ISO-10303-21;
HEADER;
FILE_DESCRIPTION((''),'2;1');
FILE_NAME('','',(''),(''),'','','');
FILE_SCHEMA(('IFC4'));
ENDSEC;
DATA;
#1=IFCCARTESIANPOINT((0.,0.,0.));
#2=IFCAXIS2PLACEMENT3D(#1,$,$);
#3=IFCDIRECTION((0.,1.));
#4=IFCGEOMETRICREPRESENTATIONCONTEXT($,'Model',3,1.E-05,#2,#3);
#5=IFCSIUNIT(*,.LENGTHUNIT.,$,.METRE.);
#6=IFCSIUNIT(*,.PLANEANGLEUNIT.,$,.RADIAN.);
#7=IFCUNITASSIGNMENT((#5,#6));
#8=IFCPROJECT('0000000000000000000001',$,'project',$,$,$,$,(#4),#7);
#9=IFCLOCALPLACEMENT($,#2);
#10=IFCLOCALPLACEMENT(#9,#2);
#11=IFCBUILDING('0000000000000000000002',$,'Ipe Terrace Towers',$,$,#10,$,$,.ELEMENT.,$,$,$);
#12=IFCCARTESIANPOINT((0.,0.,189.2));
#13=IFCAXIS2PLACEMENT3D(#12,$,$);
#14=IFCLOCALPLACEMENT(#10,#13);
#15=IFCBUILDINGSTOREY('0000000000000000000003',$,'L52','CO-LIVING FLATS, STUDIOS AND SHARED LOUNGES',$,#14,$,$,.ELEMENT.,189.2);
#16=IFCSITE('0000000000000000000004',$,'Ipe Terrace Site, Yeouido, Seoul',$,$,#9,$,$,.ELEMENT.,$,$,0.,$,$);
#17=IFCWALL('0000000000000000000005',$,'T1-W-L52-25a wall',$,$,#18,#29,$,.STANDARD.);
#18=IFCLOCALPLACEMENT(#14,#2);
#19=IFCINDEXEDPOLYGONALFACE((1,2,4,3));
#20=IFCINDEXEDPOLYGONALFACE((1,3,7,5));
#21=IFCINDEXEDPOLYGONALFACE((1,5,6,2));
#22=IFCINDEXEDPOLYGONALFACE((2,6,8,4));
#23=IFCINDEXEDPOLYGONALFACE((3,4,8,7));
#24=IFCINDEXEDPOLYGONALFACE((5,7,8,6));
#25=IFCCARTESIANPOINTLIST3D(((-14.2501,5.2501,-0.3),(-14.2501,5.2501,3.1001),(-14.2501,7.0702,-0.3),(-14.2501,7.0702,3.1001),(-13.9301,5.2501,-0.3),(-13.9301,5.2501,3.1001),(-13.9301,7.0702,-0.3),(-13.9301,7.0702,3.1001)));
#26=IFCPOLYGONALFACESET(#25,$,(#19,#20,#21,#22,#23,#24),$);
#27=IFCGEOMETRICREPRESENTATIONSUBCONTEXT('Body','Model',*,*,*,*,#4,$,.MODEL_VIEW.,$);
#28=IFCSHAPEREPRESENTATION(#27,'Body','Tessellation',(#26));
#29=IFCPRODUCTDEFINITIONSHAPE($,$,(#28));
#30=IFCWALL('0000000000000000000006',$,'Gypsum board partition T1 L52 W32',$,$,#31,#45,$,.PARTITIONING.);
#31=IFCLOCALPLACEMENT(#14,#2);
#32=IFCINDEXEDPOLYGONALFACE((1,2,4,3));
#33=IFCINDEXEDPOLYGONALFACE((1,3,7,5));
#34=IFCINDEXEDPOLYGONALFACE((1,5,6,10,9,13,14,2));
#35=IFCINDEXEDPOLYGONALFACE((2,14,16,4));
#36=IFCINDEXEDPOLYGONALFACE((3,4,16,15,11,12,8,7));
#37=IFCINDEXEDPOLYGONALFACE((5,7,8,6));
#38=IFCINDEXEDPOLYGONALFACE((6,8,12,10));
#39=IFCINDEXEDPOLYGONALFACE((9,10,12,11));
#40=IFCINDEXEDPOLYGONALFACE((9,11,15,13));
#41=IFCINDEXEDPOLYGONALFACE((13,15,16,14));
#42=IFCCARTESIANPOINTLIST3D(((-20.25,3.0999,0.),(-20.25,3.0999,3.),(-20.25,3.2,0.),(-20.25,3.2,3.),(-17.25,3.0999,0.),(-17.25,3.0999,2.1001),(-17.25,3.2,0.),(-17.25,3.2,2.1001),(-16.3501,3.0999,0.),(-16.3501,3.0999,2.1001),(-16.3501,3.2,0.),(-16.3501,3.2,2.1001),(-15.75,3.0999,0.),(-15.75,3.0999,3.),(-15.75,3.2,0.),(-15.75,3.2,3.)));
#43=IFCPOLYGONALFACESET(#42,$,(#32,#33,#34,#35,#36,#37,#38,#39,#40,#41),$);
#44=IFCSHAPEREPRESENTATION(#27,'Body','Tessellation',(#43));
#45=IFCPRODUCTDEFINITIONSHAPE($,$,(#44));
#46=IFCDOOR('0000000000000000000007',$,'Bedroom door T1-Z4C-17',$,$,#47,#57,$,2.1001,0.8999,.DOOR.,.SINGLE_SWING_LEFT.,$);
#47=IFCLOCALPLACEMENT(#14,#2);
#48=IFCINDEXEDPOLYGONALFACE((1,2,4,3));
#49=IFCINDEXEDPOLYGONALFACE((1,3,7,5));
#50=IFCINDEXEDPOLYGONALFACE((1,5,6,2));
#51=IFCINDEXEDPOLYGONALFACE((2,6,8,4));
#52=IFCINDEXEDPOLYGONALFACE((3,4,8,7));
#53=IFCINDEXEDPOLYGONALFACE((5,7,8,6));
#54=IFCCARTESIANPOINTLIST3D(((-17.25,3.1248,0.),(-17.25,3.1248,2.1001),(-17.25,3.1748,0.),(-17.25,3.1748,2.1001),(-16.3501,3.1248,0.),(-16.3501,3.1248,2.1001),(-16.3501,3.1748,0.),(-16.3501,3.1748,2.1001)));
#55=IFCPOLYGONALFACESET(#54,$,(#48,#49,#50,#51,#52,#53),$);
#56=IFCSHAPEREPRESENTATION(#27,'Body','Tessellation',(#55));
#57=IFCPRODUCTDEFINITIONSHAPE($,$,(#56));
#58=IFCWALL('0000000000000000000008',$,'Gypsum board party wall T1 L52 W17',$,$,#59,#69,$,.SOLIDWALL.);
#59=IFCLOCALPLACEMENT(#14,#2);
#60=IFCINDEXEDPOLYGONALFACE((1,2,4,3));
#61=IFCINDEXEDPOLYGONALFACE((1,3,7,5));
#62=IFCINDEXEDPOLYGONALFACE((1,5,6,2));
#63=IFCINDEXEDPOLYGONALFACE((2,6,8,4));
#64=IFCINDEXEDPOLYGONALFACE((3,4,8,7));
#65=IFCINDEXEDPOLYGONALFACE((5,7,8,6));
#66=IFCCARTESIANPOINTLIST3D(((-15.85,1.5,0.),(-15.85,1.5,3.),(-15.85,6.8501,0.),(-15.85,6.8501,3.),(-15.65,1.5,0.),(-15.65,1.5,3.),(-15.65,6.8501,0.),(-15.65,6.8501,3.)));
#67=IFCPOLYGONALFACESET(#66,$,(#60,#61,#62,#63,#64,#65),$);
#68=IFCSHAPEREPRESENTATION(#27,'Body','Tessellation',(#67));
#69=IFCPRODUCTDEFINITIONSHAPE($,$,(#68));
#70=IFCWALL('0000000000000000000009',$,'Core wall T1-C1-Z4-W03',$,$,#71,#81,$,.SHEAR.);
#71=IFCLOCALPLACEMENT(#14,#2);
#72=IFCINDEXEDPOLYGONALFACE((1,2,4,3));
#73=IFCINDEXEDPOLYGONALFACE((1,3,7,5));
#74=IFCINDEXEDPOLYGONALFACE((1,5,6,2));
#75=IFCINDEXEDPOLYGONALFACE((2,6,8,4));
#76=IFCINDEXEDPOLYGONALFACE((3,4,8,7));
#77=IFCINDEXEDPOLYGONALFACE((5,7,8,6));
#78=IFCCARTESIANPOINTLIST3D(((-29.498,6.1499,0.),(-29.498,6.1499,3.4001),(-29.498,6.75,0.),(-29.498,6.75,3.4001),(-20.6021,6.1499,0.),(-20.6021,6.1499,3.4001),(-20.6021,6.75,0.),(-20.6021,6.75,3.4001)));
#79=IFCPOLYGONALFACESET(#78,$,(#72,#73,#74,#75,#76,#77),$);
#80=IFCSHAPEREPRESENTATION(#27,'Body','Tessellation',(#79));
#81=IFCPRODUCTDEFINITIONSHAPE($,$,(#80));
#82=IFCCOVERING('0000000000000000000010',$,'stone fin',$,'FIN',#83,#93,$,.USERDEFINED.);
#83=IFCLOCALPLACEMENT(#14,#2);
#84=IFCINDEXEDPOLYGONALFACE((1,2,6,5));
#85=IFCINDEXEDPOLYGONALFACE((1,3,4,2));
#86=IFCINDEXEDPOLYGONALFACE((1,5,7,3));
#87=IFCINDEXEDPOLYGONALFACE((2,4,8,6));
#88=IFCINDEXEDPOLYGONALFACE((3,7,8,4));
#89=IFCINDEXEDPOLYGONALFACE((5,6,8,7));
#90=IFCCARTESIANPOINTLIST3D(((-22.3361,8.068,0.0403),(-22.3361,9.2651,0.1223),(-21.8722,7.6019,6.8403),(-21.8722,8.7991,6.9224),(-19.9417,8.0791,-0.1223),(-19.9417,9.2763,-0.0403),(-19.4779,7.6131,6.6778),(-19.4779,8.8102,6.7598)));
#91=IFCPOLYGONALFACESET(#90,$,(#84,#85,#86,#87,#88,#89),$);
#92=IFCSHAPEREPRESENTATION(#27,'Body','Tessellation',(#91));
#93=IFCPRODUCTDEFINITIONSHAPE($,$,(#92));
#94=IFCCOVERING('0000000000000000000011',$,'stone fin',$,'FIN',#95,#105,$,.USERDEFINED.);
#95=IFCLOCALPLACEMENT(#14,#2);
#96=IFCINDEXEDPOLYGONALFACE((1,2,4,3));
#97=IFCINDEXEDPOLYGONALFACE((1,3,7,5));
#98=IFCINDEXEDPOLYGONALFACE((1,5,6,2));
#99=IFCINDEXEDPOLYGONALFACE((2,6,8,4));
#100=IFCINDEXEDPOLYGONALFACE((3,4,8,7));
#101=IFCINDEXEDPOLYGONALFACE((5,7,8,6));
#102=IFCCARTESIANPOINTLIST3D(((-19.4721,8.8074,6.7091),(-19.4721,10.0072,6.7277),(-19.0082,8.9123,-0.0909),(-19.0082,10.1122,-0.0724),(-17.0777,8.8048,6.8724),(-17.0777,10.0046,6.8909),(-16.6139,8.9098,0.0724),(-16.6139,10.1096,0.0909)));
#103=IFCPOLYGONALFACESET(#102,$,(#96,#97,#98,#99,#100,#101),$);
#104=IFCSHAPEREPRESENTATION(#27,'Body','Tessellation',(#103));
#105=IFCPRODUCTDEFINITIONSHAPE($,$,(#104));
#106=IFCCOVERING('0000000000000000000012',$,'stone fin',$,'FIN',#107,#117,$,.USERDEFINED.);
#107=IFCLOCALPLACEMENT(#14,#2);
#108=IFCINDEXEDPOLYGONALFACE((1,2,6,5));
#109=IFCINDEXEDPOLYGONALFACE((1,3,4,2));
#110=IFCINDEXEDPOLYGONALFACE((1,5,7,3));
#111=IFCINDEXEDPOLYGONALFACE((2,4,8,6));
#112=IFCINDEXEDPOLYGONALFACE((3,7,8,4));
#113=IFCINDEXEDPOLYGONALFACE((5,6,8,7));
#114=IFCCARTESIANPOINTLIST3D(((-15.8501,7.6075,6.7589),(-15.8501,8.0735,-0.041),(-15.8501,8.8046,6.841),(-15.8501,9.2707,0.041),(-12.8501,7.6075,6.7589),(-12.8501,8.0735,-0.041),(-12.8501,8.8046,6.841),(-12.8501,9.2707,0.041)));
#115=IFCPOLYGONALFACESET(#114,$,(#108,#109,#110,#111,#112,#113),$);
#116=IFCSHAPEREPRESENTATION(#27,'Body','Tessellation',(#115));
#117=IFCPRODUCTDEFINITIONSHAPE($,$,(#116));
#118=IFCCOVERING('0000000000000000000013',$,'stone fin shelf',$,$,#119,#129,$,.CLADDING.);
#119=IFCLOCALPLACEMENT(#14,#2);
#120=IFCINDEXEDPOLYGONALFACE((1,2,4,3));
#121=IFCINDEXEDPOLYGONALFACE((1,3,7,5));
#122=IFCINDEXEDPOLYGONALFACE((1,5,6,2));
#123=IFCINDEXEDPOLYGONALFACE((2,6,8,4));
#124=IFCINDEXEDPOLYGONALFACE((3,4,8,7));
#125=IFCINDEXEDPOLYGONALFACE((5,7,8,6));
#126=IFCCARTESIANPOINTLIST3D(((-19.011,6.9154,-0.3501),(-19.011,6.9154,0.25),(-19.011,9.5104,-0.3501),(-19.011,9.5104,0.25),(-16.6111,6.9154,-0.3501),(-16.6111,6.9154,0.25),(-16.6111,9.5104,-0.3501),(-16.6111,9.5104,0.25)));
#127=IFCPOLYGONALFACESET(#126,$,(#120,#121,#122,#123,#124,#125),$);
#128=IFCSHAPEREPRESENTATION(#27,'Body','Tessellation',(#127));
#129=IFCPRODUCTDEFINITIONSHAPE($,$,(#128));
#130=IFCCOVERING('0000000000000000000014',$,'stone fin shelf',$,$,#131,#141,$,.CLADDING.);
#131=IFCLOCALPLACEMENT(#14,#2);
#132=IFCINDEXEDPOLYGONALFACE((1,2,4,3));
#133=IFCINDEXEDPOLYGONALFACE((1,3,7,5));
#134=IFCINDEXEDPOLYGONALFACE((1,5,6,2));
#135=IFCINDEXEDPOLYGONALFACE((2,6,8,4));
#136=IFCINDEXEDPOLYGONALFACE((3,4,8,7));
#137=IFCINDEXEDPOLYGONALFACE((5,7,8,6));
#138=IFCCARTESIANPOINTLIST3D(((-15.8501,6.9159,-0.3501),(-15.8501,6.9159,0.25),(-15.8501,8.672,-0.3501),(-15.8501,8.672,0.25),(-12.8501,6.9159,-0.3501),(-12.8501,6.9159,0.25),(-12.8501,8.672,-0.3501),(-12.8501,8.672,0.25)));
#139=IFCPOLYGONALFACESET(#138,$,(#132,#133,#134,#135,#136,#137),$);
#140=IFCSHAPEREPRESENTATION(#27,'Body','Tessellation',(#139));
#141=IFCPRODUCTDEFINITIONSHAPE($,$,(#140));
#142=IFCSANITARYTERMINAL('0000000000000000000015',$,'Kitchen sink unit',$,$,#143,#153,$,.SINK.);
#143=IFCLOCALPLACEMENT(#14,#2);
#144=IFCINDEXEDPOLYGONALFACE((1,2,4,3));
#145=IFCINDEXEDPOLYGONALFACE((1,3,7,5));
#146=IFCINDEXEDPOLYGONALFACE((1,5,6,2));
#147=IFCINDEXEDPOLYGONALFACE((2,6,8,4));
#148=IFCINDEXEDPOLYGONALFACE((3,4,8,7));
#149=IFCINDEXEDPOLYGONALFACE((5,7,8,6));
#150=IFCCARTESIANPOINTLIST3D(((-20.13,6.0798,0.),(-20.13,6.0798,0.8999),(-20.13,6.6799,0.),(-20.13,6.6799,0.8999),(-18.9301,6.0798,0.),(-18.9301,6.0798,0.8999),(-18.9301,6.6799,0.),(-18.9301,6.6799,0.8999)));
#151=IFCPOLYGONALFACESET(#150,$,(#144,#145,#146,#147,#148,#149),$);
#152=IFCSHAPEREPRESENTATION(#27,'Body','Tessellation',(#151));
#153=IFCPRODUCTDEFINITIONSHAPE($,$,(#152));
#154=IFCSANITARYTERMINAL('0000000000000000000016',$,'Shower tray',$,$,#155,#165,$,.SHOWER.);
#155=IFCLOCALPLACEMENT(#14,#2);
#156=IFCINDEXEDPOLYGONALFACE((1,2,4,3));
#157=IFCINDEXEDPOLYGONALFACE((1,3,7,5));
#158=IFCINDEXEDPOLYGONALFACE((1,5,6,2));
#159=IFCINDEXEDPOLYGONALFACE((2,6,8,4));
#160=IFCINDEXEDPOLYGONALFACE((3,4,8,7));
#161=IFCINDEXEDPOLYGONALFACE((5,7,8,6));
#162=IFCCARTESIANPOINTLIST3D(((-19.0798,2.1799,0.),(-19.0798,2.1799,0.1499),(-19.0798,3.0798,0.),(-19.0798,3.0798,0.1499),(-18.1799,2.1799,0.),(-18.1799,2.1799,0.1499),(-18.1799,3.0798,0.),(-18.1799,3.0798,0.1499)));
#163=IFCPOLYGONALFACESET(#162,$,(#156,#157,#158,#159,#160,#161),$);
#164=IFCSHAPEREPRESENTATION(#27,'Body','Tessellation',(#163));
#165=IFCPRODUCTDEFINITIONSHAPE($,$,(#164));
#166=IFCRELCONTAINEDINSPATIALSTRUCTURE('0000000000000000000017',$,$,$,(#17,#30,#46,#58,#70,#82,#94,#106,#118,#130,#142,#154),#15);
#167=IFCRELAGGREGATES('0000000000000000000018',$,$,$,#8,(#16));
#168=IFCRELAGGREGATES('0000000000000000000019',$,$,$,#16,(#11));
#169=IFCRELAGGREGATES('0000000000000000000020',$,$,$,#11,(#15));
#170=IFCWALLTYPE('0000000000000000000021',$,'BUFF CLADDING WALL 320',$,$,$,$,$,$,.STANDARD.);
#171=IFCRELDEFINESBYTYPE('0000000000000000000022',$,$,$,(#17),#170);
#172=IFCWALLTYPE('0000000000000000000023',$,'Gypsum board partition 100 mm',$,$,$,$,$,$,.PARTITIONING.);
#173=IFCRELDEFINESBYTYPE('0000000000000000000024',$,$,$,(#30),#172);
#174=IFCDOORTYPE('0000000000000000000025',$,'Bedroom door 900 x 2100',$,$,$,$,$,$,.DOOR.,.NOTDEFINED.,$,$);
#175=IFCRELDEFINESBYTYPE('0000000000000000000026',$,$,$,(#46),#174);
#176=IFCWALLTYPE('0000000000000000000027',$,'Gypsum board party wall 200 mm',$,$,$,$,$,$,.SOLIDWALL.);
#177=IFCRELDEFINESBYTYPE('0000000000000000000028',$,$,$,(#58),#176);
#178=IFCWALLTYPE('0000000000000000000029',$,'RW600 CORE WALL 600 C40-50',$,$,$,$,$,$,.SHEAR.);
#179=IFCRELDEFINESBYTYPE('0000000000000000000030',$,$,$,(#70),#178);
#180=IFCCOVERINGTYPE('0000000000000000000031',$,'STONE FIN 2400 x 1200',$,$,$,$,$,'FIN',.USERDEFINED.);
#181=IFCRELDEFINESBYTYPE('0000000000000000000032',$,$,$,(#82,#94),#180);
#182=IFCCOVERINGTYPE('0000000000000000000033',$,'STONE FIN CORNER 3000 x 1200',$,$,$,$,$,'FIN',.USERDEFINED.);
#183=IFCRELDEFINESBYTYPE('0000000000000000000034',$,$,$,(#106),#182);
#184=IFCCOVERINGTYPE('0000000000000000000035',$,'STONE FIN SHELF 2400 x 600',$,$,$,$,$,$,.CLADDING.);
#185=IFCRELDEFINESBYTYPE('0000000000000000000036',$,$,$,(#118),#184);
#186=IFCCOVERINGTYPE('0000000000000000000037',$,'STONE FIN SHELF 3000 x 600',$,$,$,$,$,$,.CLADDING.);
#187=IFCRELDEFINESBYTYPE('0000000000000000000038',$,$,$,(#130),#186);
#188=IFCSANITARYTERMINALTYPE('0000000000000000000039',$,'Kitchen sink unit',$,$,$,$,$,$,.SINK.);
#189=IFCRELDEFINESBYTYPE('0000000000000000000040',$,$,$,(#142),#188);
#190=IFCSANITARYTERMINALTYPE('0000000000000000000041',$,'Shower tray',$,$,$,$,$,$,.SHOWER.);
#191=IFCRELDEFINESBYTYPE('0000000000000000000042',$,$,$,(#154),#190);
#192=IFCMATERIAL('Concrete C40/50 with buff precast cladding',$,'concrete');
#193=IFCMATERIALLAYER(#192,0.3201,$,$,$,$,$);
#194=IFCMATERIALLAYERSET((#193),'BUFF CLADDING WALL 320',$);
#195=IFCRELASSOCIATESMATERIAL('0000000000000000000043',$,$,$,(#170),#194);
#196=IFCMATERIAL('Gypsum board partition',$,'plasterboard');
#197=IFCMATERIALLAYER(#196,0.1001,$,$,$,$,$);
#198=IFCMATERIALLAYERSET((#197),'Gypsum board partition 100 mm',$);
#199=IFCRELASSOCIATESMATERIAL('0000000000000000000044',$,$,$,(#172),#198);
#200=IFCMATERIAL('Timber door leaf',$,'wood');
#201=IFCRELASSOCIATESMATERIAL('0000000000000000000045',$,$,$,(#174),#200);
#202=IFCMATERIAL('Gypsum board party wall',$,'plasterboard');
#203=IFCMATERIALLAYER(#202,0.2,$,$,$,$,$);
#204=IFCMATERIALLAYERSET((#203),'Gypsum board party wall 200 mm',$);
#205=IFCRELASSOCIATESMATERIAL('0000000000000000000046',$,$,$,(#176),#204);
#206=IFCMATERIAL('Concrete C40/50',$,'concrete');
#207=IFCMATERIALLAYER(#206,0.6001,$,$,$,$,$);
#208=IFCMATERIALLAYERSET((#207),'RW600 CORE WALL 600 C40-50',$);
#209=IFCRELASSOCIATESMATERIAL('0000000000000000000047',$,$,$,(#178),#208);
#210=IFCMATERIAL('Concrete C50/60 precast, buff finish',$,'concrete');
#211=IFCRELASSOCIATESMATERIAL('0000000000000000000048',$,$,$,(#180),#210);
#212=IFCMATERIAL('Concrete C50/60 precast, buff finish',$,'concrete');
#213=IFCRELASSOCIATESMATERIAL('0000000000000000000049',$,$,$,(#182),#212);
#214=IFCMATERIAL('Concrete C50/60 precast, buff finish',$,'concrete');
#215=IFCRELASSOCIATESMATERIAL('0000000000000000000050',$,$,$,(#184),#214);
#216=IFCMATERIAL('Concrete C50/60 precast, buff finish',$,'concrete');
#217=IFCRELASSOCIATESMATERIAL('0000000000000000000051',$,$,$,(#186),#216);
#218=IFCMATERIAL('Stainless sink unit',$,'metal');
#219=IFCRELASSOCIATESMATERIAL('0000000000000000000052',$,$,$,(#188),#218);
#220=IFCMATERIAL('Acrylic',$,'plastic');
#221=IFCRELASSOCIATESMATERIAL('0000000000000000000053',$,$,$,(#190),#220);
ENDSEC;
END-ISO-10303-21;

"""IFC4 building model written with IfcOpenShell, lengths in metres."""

from ifc_helpers import new_model, si_unit, direction, frame, frame_2d, origin, origin_2d, place, context, subcontext, project, spatial, rectangle, extrude, material, layer, layer_set, material_profile, profile_set, type_object, element, fill, save


model = new_model("IFC4")

# Units and contexts
model_context = context("Model", 3, precision=1e-05, world=origin(), true_north=direction((0.0, 1.0)))
body_context = subcontext(model_context, "Body", "Model", "MODEL_VIEW")
ifc_project = project(units=[si_unit("LENGTHUNIT", "METRE"), si_unit("PLANEANGLEUNIT", "RADIAN")], contexts=[model_context])

# Site, building, storey
site_placement = place(None, origin())
site = spatial("IfcSite", under=ifc_project, at=site_placement, Name="Ipe Terrace Site, Yeouido, Seoul", CompositionType="ELEMENT", RefElevation=0.0)
building_placement = place(site_placement, origin())
building = spatial("IfcBuilding", under=site, at=building_placement, Name="Ipe Terrace Towers", CompositionType="ELEMENT")
storey_placement = place(building_placement, frame((0.0, 0.0, 189.2)))
storey = spatial("IfcBuildingStorey", under=building, at=storey_placement, Name="L52", Description="CO-LIVING FLATS, STUDIOS AND SHARED LOUNGES", CompositionType="ELEMENT", Elevation=189.2)

# Wall
ifc_material_1 = material(Name="Concrete C40/50 with buff precast cladding", Category="concrete")
ifc_layer_1 = layer(ifc_material_1, 0.3201)
ifc_layer_set_1 = layer_set([ifc_layer_1], Name="BUFF CLADDING WALL 320")
wall_type_1 = type_object("IfcWallType", Name="BUFF CLADDING WALL 320", PredefinedType="STANDARD", material=ifc_layer_set_1)
wall_1_placement = place(storey_placement, frame((-14.0901, 5.25, -0.3), z_axis=(0.0, 0.0, 1.0), x_axis=(0.0, 1.0, 0.0)))
element("IfcWall", 1, at=wall_1_placement, inside=storey, type_object=wall_type_1, Name="T1-W-L52-25a wall", PredefinedType="STANDARD", context=body_context, shape_type="SweptSolid", body=[
    extrude(rectangle(XDim=1.8201, YDim=0.3201, at=frame_2d((0.9102, 0.0))), origin(), (0.0, 0.0, 1.0), 3.4001),
])

# Wall, opening, door
ifc_material_2 = material(Name="Gypsum board partition", Category="plasterboard")
ifc_layer_2 = layer(ifc_material_2, 0.1001)
ifc_layer_set_2 = layer_set([ifc_layer_2], Name="Gypsum board partition 100 mm")
wall_type_2 = type_object("IfcWallType", Name="Gypsum board partition 100 mm", PredefinedType="PARTITIONING", material=ifc_layer_set_2)
wall_2_placement = place(storey_placement, frame((-20.25, 3.1499, 0.0), z_axis=(0.0, 0.0, 1.0), x_axis=(1.0, 0.0, 0.0)))
wall_2 = element("IfcWall", 2, at=wall_2_placement, inside=storey, type_object=wall_type_2, Name="Gypsum board partition T1 L52 W32", PredefinedType="PARTITIONING", context=body_context, shape_type="SweptSolid", body=[
    extrude(rectangle(XDim=4.5, YDim=0.1001, at=frame_2d((2.25, 0.0))), origin(), (0.0, 0.0, 1.0), 3.0),
])
opening_placement = place(wall_2_placement, frame((3.0, 0.0, 0.0)))
opening = element("IfcOpeningElement", 3, at=opening_placement, cuts=wall_2, PredefinedType="OPENING", context=body_context, shape_type="SweptSolid", body=[
    extrude(rectangle(XDim=0.8999, YDim=2.1001, at=frame_2d((0.45, 1.05))), frame((0.0, 0.0601, 0.0), z_axis=(0.0, -1.0, 0.0), x_axis=(1.0, 0.0, 0.0)), (0.0, 0.0, 1.0), 0.1201),
])
ifc_material_3 = material(Name="Timber door leaf", Category="wood")
door_type = type_object("IfcDoorType", Name="Bedroom door 900 x 2100", OperationType="NOTDEFINED", PredefinedType="DOOR", material=ifc_material_3)
door_placement = place(opening_placement, origin())
door = element("IfcDoor", 4, at=door_placement, inside=storey, type_object=door_type, Name="Bedroom door T1-Z4C-17", OperationType="SINGLE_SWING_LEFT", OverallHeight=2.1001, OverallWidth=0.8999, PredefinedType="DOOR", context=body_context, shape_type="SweptSolid", body=[
    extrude(rectangle(XDim=0.8999, YDim=2.1001, at=frame_2d((0.45, 1.05))), frame((0.0, 0.0249, 0.0), z_axis=(0.0, -1.0, 0.0), x_axis=(1.0, 0.0, 0.0)), (0.0, 0.0, 1.0), 0.05),
])
fill(opening, door)

# Walls
ifc_material_4 = material(Name="Gypsum board party wall", Category="plasterboard")
ifc_layer_3 = layer(ifc_material_4, 0.2)
ifc_layer_set_3 = layer_set([ifc_layer_3], Name="Gypsum board party wall 200 mm")
wall_type_3 = type_object("IfcWallType", Name="Gypsum board party wall 200 mm", PredefinedType="SOLIDWALL", material=ifc_layer_set_3)
wall_3_placement = place(storey_placement, frame((-15.75, 1.5, 0.0), z_axis=(0.0, 0.0, 1.0), x_axis=(0.0, 1.0, 0.0)))
element("IfcWall", 5, at=wall_3_placement, inside=storey, type_object=wall_type_3, Name="Gypsum board party wall T1 L52 W17", PredefinedType="SOLIDWALL", context=body_context, shape_type="SweptSolid", body=[
    extrude(rectangle(XDim=5.3501, YDim=0.2, at=frame_2d((2.675, 0.0))), origin(), (0.0, 0.0, 1.0), 3.0),
])
ifc_material_5 = material(Name="Concrete C40/50", Category="concrete")
ifc_layer_4 = layer(ifc_material_5, 0.6001)
ifc_layer_set_4 = layer_set([ifc_layer_4], Name="RW600 CORE WALL 600 C40-50")
wall_type_4 = type_object("IfcWallType", Name="RW600 CORE WALL 600 C40-50", PredefinedType="SHEAR", material=ifc_layer_set_4)
wall_4_placement = place(storey_placement, frame((-20.6021, 6.45, 0.0), z_axis=(0.0, 0.0, 1.0), x_axis=(-1.0, 0.0, 0.0)))
element("IfcWall", 6, at=wall_4_placement, inside=storey, type_object=wall_type_4, Name="Core wall T1-C1-Z4-W03", PredefinedType="SHEAR", context=body_context, shape_type="SweptSolid", body=[
    extrude(rectangle(XDim=8.896, YDim=0.6001, at=frame_2d((4.448, 0.0))), origin(), (0.0, 0.0, 1.0), 3.4001),
])

# Coverings
ifc_material_6 = material(Name="Concrete C50/60 precast, buff finish", Category="concrete")
ifc_material_profile_1 = material_profile(ifc_material_6, rectangle(XDim=2.3999, YDim=1.2, at=origin_2d()), Name="STONE FIN 2400 x 1200")
ifc_profile_set_1 = profile_set([ifc_material_profile_1], Name="Concrete C50/60 precast, buff finish")
covering_type_1 = type_object("IfcCoveringType", Name="STONE FIN 2400 x 1200", ElementType="FIN", PredefinedType="USERDEFINED", material=ifc_profile_set_1)
covering_1_placement = place(storey_placement, frame((-21.1389, 8.6721, 0.0), z_axis=(0.067899, -0.06822, 0.995357), x_axis=(-0.997692, -0.004643, 0.06774)))
element("IfcCovering", 7, at=covering_1_placement, inside=storey, type_object=covering_type_1, Name="stone fin", ObjectType="FIN", PredefinedType="USERDEFINED", context=body_context, shape_type="SweptSolid", body=[
    extrude(rectangle(XDim=2.3999, YDim=1.2, at=origin_2d()), origin(), (0.0, 0.0, 1.0), 6.8318),
])
covering_2_placement = place(storey_placement, frame((-17.811, 9.511, 0.0), z_axis=(-0.068049, -0.015401, 0.997563), x_axis=(-0.997682, 0.00105, -0.068041)))
element("IfcCovering", 8, at=covering_2_placement, inside=storey, type_object=covering_type_1, Name="stone fin", ObjectType="FIN", PredefinedType="USERDEFINED", context=body_context, shape_type="SweptSolid", body=[
    extrude(rectangle(XDim=2.3999, YDim=1.2, at=origin_2d()), origin(), (0.0, 0.0, 1.0), 6.8167),
])
ifc_material_7 = material(Name="Concrete C50/60 precast, buff finish", Category="concrete")
ifc_material_profile_2 = material_profile(ifc_material_7, rectangle(XDim=3.0, YDim=1.2, at=origin_2d()), Name="STONE FIN CORNER 3000 x 1200")
ifc_profile_set_2 = profile_set([ifc_material_profile_2], Name="Concrete C50/60 precast, buff finish")
covering_type_2 = type_object("IfcCoveringType", Name="STONE FIN CORNER 3000 x 1200", ElementType="FIN", PredefinedType="USERDEFINED", material=ifc_profile_set_2)
covering_3_placement = place(storey_placement, frame((-14.3501, 8.6721, 0.0), z_axis=(0.0, -0.068378, 0.997659), x_axis=(-1.0, 0.0, 0.0)))
element("IfcCovering", 9, at=covering_3_placement, inside=storey, type_object=covering_type_2, Name="stone fin", ObjectType="FIN", PredefinedType="USERDEFINED", context=body_context, shape_type="SweptSolid", body=[
    extrude(rectangle(XDim=3.0, YDim=1.2, at=origin_2d()), origin(), (0.0, 0.0, 1.0), 6.8159),
])
ifc_material_8 = material(Name="Concrete C50/60 precast, buff finish", Category="concrete")
covering_type_3 = type_object("IfcCoveringType", Name="STONE FIN SHELF 2400 x 600", PredefinedType="CLADDING", material=ifc_material_8)
covering_4_placement = place(storey_placement, frame((-17.811, 8.2129, -0.3501), z_axis=(0.0, 0.0, 1.0), x_axis=(-1.0, 0.0, 0.0)))
element("IfcCovering", 10, at=covering_4_placement, inside=storey, type_object=covering_type_3, Name="stone fin shelf", PredefinedType="CLADDING", context=body_context, shape_type="SweptSolid", body=[
    extrude(rectangle(XDim=2.3999, YDim=2.595, at=origin_2d()), origin(), (0.0, 0.0, 1.0), 0.6001),
])
ifc_material_9 = material(Name="Concrete C50/60 precast, buff finish", Category="concrete")
covering_type_4 = type_object("IfcCoveringType", Name="STONE FIN SHELF 3000 x 600", PredefinedType="CLADDING", material=ifc_material_9)
covering_5_placement = place(storey_placement, frame((-14.3501, 7.7939, -0.3501), z_axis=(0.0, 0.0, 1.0), x_axis=(-1.0, 0.0, 0.0)))
element("IfcCovering", 11, at=covering_5_placement, inside=storey, type_object=covering_type_4, Name="stone fin shelf", PredefinedType="CLADDING", context=body_context, shape_type="SweptSolid", body=[
    extrude(rectangle(XDim=3.0, YDim=1.7561, at=origin_2d()), origin(), (0.0, 0.0, 1.0), 0.6001),
])

# Sanitary terminals
ifc_material_10 = material(Name="Stainless sink unit", Category="metal")
sanitary_terminal_type_1 = type_object("IfcSanitaryTerminalType", Name="Kitchen sink unit", PredefinedType="SINK", material=ifc_material_10)
sanitary_terminal_1_placement = place(storey_placement, frame((-19.53, 6.3799, 0.0), z_axis=(0.0, 0.0, 1.0), x_axis=(1.0, 0.0, 0.0)))
element("IfcSanitaryTerminal", 12, at=sanitary_terminal_1_placement, inside=storey, type_object=sanitary_terminal_type_1, Name="Kitchen sink unit", PredefinedType="SINK", context=body_context, shape_type="SweptSolid", body=[
    extrude(rectangle(XDim=1.2, YDim=0.6001, at=origin_2d()), origin(), (0.0, 0.0, 1.0), 0.8999),
])
ifc_material_11 = material(Name="Acrylic", Category="plastic")
sanitary_terminal_type_2 = type_object("IfcSanitaryTerminalType", Name="Shower tray", PredefinedType="SHOWER", material=ifc_material_11)
sanitary_terminal_2_placement = place(storey_placement, frame((-18.6299, 2.6299, 0.0), z_axis=(0.0, 0.0, 1.0), x_axis=(0.0, -1.0, 0.0)))
element("IfcSanitaryTerminal", 13, at=sanitary_terminal_2_placement, inside=storey, type_object=sanitary_terminal_type_2, Name="Shower tray", PredefinedType="SHOWER", context=body_context, shape_type="SweptSolid", body=[
    extrude(rectangle(XDim=0.8999, YDim=0.8999, at=origin_2d()), origin(), (0.0, 0.0, 1.0), 0.1499),
])

save(model, "model.ifc")
